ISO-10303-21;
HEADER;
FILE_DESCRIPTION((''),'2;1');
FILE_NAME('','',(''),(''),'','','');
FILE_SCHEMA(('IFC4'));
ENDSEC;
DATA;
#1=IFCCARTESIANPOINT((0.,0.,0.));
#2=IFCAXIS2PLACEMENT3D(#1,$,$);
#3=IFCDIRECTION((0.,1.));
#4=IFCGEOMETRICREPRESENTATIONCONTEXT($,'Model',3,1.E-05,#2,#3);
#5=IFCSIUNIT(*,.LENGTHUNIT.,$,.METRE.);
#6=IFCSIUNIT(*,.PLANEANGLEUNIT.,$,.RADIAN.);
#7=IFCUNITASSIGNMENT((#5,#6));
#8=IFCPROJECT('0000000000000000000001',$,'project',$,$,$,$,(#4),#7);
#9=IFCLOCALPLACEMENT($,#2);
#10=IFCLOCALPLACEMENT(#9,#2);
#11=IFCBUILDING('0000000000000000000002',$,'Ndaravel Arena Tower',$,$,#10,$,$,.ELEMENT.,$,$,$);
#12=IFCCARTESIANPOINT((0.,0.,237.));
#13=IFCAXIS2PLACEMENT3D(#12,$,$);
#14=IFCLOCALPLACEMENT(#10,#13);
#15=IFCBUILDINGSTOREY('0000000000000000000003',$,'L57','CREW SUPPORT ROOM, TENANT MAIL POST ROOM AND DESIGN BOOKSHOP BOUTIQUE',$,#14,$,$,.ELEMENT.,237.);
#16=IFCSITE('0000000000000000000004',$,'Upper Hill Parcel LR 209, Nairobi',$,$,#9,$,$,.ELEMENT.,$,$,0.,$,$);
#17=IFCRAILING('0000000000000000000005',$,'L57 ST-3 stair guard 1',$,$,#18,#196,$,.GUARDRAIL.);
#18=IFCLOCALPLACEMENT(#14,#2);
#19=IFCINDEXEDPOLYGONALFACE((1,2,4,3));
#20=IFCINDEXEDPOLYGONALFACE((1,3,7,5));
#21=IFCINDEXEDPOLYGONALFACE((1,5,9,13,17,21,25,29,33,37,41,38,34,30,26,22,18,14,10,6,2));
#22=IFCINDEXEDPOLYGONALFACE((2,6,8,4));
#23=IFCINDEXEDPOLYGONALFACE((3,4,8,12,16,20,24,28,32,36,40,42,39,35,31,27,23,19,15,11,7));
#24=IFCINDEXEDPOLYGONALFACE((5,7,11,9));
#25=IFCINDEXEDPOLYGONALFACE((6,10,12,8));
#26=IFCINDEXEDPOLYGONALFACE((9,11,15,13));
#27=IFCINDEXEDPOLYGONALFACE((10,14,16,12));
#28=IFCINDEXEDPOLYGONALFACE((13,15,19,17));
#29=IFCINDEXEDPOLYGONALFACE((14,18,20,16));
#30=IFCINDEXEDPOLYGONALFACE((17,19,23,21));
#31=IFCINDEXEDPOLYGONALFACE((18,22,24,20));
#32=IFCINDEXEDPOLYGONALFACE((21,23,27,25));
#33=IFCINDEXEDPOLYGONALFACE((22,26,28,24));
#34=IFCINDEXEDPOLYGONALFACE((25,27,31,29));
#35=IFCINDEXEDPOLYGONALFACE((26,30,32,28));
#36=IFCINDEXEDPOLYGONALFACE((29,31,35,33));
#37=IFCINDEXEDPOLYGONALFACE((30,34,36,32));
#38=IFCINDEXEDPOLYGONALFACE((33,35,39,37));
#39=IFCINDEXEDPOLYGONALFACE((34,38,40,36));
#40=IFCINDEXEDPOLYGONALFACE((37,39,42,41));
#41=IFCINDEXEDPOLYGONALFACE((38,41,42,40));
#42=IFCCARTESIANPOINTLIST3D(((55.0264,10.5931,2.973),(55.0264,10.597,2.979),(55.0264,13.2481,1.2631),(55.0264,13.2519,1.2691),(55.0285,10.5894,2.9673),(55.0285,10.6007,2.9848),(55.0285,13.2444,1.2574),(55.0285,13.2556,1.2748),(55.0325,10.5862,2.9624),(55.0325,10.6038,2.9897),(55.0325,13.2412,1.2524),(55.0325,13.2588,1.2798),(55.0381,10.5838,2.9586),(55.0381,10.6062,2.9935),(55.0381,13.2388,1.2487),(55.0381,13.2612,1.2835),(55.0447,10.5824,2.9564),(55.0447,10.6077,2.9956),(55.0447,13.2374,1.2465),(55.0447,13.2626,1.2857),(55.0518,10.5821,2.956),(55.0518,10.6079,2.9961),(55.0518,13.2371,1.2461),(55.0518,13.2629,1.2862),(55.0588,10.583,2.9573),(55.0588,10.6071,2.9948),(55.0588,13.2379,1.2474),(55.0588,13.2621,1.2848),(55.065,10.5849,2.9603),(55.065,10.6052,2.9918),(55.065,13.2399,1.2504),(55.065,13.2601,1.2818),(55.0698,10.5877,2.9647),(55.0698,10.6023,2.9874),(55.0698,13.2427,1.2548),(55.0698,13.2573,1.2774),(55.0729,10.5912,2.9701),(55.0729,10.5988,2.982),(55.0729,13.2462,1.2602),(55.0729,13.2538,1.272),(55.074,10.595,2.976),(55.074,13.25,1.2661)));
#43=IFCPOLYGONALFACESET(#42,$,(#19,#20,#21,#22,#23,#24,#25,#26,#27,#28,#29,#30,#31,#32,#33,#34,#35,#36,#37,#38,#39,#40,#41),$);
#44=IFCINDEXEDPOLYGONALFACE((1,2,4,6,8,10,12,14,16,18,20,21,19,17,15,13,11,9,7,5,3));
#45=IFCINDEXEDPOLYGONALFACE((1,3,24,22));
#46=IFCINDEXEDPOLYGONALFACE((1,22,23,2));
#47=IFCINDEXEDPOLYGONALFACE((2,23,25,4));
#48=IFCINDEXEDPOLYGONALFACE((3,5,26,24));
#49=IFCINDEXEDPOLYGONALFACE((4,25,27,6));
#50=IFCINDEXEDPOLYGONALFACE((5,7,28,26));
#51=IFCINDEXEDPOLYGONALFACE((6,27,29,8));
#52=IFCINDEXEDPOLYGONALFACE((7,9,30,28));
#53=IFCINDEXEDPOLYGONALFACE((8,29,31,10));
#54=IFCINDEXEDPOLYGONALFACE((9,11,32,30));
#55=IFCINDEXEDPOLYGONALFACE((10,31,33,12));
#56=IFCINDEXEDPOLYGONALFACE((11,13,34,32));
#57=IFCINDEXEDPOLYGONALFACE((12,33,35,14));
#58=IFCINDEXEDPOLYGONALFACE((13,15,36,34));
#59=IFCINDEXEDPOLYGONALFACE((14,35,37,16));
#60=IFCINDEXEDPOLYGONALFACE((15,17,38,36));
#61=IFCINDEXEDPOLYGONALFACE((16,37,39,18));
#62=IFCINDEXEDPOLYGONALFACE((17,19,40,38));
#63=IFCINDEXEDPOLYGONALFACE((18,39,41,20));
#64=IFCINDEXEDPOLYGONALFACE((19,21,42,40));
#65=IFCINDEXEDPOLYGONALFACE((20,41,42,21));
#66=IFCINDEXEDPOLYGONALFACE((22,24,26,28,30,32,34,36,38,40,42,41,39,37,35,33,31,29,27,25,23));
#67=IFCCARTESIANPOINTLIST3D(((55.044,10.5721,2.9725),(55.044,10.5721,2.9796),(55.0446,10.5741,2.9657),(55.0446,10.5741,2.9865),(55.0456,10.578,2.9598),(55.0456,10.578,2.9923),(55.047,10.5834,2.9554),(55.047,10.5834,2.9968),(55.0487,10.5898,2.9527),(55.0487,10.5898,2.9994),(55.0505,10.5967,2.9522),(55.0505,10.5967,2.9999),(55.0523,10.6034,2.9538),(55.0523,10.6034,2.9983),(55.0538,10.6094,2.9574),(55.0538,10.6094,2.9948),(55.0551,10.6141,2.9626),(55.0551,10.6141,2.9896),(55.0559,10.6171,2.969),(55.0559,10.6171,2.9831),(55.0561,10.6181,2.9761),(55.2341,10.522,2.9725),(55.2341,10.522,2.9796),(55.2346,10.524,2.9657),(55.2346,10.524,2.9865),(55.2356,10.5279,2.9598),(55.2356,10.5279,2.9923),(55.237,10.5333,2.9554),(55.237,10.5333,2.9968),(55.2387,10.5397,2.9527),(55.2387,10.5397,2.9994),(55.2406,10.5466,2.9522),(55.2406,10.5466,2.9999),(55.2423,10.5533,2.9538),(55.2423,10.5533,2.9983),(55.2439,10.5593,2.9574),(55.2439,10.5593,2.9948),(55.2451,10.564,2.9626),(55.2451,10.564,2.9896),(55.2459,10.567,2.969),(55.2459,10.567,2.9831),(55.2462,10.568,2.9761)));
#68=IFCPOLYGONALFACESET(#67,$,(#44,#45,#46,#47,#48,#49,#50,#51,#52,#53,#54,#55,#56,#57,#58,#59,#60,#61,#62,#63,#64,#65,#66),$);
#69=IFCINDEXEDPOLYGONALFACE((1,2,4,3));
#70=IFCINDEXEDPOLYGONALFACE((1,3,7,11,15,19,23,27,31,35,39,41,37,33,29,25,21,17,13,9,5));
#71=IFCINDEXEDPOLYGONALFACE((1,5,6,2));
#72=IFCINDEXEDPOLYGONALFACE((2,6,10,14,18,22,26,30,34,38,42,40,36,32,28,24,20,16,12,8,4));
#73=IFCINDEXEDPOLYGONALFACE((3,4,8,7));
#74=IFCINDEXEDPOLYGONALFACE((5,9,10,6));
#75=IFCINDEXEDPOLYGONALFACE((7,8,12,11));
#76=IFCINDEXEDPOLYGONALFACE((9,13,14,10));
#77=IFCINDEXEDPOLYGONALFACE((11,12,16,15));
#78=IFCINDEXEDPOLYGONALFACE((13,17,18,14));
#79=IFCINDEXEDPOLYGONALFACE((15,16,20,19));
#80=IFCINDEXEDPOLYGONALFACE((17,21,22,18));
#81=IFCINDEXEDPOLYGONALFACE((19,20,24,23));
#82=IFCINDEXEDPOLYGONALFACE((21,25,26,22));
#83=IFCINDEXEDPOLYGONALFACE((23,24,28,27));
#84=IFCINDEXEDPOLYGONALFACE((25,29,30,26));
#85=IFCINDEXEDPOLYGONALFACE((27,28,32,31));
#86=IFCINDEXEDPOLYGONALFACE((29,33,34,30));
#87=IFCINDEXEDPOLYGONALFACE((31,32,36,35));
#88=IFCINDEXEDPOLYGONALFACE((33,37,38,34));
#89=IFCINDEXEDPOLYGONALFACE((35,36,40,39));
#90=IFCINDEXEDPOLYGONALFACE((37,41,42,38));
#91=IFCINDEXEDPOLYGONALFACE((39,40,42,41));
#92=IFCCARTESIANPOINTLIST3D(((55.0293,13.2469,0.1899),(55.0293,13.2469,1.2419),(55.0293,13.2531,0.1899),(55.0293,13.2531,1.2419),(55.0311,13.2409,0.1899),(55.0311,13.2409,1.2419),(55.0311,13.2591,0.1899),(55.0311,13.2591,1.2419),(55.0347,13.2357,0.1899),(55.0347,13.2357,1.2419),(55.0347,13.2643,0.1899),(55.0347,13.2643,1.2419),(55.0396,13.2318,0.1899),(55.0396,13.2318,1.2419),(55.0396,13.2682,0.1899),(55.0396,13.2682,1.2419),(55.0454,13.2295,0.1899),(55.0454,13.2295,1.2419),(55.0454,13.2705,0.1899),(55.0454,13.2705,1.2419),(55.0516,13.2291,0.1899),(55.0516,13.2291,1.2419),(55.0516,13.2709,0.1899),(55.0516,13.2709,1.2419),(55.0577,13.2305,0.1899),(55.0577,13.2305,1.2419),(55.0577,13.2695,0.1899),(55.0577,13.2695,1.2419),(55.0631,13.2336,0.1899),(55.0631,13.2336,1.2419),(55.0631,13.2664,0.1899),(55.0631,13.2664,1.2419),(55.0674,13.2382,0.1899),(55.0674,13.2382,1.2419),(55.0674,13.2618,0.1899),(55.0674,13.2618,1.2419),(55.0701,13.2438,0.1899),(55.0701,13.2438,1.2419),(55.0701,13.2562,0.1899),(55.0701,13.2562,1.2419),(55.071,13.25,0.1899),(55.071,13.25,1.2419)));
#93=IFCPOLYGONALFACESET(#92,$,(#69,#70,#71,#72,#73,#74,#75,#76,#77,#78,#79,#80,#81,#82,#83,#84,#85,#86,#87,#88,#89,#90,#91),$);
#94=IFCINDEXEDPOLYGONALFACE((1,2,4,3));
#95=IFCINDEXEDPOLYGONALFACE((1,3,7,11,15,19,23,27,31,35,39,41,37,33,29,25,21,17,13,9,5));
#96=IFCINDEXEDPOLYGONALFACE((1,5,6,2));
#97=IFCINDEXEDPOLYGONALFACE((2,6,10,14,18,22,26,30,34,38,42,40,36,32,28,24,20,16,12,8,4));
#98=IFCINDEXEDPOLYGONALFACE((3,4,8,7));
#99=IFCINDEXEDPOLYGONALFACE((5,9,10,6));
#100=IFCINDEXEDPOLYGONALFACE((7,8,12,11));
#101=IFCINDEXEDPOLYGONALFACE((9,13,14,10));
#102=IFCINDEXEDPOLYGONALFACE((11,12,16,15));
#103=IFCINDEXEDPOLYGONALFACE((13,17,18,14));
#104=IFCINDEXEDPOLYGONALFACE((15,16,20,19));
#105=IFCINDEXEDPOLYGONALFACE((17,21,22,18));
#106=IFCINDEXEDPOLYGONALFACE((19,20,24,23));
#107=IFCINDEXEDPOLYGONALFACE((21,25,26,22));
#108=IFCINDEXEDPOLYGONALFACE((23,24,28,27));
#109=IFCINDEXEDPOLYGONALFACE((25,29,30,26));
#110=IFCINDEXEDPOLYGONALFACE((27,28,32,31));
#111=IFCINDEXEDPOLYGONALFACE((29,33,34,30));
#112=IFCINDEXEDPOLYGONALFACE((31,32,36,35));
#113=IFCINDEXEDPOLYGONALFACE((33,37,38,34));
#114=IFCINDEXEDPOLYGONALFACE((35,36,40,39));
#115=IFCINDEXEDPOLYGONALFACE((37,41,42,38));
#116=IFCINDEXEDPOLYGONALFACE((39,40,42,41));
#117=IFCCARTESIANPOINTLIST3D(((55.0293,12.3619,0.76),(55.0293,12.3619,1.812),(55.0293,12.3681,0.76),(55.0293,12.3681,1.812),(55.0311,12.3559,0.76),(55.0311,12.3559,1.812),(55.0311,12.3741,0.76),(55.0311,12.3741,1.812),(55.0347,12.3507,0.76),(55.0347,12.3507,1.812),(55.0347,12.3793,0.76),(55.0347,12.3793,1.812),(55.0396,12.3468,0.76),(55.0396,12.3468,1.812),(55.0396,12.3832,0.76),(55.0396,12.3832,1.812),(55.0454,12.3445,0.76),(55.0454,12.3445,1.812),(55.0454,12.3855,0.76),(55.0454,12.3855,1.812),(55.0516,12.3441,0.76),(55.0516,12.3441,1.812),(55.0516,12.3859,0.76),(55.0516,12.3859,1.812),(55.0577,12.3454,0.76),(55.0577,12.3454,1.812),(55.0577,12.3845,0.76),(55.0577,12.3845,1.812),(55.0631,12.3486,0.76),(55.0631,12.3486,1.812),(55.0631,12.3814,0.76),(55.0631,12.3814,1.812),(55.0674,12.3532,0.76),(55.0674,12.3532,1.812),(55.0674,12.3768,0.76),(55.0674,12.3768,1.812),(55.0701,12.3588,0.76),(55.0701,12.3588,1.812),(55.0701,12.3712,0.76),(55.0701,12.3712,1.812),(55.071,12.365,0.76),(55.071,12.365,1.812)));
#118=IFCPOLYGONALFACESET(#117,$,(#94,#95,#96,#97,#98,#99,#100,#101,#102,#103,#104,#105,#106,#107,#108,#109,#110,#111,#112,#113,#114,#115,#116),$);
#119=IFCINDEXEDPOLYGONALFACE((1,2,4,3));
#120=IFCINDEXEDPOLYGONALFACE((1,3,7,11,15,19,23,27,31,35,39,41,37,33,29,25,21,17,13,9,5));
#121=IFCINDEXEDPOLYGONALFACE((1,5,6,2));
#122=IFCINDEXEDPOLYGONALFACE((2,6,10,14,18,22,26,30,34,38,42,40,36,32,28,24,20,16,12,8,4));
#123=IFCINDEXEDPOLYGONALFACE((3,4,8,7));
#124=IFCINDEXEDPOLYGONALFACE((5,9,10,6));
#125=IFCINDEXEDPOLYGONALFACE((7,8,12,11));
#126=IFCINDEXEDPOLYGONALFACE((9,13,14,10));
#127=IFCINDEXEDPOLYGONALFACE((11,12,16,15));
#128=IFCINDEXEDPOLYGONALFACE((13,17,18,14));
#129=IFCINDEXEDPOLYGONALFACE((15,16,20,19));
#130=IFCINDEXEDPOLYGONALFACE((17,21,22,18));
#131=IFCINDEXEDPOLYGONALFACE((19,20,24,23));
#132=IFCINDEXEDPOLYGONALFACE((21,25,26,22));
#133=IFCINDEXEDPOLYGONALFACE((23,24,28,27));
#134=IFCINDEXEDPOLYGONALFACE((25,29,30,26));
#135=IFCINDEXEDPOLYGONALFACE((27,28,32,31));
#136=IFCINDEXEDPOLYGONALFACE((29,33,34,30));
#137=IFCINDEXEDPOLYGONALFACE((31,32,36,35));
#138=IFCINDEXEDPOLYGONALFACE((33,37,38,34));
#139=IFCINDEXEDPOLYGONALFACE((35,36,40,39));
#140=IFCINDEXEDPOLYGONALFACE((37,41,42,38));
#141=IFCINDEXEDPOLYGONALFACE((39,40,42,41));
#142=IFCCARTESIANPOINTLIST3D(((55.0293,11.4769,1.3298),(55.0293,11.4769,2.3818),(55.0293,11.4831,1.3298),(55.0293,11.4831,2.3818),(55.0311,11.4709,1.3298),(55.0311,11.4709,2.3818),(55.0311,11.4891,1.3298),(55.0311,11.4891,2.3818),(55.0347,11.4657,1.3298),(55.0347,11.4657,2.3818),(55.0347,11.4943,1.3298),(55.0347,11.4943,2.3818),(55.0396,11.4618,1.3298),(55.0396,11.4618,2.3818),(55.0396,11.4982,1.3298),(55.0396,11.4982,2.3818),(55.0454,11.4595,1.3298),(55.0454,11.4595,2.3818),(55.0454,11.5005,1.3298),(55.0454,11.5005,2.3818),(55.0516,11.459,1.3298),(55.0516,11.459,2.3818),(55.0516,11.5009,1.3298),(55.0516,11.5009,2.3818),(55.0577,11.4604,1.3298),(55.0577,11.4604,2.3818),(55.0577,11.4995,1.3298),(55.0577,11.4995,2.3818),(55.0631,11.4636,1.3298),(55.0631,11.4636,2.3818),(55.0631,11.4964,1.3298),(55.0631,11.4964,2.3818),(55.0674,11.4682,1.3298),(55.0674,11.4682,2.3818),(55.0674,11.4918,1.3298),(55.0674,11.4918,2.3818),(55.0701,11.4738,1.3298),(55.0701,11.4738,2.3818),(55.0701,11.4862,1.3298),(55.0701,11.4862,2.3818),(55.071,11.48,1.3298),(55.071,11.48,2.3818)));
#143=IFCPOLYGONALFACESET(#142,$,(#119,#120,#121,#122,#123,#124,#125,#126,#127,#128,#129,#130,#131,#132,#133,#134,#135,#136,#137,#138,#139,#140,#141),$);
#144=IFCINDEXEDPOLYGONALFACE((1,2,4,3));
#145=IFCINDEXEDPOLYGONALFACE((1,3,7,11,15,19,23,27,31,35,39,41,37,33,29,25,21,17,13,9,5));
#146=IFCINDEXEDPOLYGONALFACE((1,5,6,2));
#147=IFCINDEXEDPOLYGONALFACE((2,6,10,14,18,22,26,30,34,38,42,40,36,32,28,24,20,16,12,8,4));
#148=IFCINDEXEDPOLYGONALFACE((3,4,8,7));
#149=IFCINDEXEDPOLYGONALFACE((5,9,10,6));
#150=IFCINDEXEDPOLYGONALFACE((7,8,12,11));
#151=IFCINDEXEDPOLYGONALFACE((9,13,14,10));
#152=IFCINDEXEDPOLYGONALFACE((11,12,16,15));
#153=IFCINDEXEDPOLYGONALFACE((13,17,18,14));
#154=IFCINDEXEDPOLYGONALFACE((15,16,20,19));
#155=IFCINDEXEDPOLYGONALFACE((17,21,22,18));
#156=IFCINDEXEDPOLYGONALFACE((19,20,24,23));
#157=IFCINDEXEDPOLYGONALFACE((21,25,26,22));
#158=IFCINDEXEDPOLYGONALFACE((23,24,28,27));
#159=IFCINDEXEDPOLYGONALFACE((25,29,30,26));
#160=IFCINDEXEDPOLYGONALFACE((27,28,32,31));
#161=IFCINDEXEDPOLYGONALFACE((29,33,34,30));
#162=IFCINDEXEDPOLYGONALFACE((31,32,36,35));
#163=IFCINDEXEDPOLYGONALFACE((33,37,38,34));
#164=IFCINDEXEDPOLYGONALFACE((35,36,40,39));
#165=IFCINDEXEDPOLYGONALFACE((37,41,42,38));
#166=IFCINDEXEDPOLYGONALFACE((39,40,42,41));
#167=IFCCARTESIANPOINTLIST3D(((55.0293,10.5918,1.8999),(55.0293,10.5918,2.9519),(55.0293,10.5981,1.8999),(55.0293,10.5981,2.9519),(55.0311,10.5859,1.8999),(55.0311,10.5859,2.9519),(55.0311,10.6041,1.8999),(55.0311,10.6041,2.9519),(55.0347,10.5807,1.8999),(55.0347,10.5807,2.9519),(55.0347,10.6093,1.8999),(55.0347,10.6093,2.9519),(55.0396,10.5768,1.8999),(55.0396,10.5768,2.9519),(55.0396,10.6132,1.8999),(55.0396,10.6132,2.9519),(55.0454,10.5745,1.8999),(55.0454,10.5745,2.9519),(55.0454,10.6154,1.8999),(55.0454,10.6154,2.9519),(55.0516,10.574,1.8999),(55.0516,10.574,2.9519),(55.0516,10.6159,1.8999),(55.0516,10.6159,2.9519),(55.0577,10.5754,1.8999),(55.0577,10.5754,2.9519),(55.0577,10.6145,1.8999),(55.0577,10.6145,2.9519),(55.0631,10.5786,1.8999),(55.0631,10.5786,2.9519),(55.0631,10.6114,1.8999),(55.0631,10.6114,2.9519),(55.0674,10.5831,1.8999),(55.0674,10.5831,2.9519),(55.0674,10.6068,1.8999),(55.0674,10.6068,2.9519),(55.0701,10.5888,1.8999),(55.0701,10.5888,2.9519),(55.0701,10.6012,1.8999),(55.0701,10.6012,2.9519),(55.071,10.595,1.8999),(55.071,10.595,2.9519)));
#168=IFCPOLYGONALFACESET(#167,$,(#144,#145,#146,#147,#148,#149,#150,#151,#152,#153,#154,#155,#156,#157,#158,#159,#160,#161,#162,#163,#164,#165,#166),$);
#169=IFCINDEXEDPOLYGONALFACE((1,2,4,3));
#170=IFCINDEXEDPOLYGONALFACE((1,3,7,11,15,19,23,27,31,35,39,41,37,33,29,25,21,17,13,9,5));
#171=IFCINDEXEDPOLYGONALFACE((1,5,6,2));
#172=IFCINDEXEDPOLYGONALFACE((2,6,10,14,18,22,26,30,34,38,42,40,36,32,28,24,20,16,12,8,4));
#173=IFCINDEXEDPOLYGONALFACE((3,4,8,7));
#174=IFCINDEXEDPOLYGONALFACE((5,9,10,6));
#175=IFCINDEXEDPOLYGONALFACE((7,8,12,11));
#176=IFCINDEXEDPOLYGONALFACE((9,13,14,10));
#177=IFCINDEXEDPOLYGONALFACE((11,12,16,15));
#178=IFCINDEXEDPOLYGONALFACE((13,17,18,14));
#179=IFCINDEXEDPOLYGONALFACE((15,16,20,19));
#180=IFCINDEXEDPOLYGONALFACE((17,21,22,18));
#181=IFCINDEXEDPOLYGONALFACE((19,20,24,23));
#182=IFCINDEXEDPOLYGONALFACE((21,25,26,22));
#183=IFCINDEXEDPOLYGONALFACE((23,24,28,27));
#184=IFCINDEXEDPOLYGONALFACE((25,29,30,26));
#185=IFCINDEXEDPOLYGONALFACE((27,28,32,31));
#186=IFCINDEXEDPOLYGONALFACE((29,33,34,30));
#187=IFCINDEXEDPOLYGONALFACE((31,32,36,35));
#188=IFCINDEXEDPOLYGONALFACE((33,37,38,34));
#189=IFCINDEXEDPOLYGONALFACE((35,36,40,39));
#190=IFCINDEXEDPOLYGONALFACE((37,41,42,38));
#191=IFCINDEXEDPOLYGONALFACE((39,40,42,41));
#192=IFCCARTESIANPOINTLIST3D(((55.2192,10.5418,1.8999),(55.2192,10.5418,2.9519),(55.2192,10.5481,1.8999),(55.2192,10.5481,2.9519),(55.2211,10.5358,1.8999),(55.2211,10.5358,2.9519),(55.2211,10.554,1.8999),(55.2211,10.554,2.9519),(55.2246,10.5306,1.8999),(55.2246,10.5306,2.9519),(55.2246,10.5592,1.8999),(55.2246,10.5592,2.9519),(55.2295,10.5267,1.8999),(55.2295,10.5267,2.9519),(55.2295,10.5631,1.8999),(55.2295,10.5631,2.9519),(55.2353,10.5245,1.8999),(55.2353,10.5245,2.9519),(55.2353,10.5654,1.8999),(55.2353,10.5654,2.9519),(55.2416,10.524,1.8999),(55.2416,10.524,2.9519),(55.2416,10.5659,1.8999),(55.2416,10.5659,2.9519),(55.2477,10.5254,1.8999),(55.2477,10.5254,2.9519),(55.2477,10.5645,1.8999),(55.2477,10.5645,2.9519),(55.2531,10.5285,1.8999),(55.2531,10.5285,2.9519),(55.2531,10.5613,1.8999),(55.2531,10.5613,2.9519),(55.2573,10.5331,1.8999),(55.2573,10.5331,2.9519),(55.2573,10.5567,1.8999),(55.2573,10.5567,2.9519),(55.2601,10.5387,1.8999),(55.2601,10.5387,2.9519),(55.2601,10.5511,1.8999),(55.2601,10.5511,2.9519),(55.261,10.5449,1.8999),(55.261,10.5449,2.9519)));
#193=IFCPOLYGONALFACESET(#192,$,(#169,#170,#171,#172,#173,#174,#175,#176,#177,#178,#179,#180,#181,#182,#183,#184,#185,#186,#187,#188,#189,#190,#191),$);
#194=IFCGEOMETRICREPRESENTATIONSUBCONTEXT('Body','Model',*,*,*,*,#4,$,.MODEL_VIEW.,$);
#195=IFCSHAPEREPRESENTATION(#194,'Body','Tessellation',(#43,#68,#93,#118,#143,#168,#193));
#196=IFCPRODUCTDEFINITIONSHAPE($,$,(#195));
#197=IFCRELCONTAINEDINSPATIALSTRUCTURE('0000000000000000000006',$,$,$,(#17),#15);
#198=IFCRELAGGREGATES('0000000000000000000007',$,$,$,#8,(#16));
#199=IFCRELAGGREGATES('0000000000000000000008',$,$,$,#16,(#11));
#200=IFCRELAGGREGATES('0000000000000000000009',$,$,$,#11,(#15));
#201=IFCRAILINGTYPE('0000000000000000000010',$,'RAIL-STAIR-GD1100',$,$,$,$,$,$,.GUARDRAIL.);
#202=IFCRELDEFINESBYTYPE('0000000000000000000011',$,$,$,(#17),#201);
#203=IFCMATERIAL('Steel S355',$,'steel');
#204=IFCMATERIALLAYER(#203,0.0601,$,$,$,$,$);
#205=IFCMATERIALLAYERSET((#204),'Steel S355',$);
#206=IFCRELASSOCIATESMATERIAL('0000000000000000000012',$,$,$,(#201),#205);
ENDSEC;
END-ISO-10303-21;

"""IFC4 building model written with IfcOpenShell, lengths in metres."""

from ifc_helpers import new_model, si_unit, direction, frame, origin, origin_2d, place, context, subcontext, project, spatial, circle, extrude, material, layer, layer_set, type_object, element, save


model = new_model("IFC4")

# Units and contexts
model_context = context("Model", 3, precision=1e-05, world=origin(), true_north=direction((0.0, 1.0)))
body_context = subcontext(model_context, "Body", "Model", "MODEL_VIEW")
ifc_project = project(units=[si_unit("LENGTHUNIT", "METRE"), si_unit("PLANEANGLEUNIT", "RADIAN")], contexts=[model_context])

# Site, building, storey
site_placement = place(None, origin())
site = spatial("IfcSite", under=ifc_project, at=site_placement, Name="Upper Hill Parcel LR 209, Nairobi", CompositionType="ELEMENT", RefElevation=0.0)
building_placement = place(site_placement, origin())
building = spatial("IfcBuilding", under=site, at=building_placement, Name="Ndaravel Arena Tower", CompositionType="ELEMENT")
storey_placement = place(building_placement, frame((0.0, 0.0, 237.0)))
storey = spatial("IfcBuildingStorey", under=building, at=storey_placement, Name="L57", Description="CREW SUPPORT ROOM, TENANT MAIL POST ROOM AND DESIGN BOOKSHOP BOUTIQUE", CompositionType="ELEMENT", Elevation=237.0)

# Railing
ifc_material_1 = material(Name="Steel S355", Category="steel")
ifc_layer_1 = layer(ifc_material_1, 0.0601)
ifc_layer_set_1 = layer_set([ifc_layer_1], Name="Steel S355")
railing_type_1 = type_object("IfcRailingType", Name="RAIL-STAIR-GD1100", PredefinedType="GUARDRAIL", material=ifc_layer_set_1)
railing_1_placement = place(storey_placement, frame((55.05, 13.25, 0.1899)))
element("IfcRailing", 1, at=railing_1_placement, inside=storey, type_object=railing_type_1, Name="L57 ST-3 stair guard 1", PredefinedType="GUARDRAIL", context=body_context, shape_type="SweptSolid", body=[
    extrude(circle(Radius=0.0239, at=origin_2d()), frame((0.0, 0.0, 1.0762), z_axis=(0.0, -0.840724, 0.541465), x_axis=(1.0, 0.0, 0.0)), (0.0, 0.0, 1.0), 3.158),
    extrude(circle(Radius=0.0239, at=origin_2d()), frame((0.0, -2.655, 2.7861), z_axis=(0.966994, -0.254799, 0.0), x_axis=(0.254799, 0.966994, 0.0)), (0.0, 0.0, 1.0), 0.1965),
    extrude(circle(Radius=0.021, at=origin_2d()), origin(), (0.0, 0.0, 1.0), 1.052),
    extrude(circle(Radius=0.021, at=origin_2d()), frame((0.0, -0.885, 0.5701)), (0.0, 0.0, 1.0), 1.052),
    extrude(circle(Radius=0.021, at=origin_2d()), frame((0.0, -1.77, 1.1399)), (0.0, 0.0, 1.0), 1.052),
    extrude(circle(Radius=0.021, at=origin_2d()), frame((0.0, -2.655, 1.71)), (0.0, 0.0, 1.0), 1.052),
    extrude(circle(Radius=0.021, at=origin_2d()), frame((0.1899, -2.7051, 1.71)), (0.0, 0.0, 1.0), 1.052),
])

save(model, "model.ifc")
